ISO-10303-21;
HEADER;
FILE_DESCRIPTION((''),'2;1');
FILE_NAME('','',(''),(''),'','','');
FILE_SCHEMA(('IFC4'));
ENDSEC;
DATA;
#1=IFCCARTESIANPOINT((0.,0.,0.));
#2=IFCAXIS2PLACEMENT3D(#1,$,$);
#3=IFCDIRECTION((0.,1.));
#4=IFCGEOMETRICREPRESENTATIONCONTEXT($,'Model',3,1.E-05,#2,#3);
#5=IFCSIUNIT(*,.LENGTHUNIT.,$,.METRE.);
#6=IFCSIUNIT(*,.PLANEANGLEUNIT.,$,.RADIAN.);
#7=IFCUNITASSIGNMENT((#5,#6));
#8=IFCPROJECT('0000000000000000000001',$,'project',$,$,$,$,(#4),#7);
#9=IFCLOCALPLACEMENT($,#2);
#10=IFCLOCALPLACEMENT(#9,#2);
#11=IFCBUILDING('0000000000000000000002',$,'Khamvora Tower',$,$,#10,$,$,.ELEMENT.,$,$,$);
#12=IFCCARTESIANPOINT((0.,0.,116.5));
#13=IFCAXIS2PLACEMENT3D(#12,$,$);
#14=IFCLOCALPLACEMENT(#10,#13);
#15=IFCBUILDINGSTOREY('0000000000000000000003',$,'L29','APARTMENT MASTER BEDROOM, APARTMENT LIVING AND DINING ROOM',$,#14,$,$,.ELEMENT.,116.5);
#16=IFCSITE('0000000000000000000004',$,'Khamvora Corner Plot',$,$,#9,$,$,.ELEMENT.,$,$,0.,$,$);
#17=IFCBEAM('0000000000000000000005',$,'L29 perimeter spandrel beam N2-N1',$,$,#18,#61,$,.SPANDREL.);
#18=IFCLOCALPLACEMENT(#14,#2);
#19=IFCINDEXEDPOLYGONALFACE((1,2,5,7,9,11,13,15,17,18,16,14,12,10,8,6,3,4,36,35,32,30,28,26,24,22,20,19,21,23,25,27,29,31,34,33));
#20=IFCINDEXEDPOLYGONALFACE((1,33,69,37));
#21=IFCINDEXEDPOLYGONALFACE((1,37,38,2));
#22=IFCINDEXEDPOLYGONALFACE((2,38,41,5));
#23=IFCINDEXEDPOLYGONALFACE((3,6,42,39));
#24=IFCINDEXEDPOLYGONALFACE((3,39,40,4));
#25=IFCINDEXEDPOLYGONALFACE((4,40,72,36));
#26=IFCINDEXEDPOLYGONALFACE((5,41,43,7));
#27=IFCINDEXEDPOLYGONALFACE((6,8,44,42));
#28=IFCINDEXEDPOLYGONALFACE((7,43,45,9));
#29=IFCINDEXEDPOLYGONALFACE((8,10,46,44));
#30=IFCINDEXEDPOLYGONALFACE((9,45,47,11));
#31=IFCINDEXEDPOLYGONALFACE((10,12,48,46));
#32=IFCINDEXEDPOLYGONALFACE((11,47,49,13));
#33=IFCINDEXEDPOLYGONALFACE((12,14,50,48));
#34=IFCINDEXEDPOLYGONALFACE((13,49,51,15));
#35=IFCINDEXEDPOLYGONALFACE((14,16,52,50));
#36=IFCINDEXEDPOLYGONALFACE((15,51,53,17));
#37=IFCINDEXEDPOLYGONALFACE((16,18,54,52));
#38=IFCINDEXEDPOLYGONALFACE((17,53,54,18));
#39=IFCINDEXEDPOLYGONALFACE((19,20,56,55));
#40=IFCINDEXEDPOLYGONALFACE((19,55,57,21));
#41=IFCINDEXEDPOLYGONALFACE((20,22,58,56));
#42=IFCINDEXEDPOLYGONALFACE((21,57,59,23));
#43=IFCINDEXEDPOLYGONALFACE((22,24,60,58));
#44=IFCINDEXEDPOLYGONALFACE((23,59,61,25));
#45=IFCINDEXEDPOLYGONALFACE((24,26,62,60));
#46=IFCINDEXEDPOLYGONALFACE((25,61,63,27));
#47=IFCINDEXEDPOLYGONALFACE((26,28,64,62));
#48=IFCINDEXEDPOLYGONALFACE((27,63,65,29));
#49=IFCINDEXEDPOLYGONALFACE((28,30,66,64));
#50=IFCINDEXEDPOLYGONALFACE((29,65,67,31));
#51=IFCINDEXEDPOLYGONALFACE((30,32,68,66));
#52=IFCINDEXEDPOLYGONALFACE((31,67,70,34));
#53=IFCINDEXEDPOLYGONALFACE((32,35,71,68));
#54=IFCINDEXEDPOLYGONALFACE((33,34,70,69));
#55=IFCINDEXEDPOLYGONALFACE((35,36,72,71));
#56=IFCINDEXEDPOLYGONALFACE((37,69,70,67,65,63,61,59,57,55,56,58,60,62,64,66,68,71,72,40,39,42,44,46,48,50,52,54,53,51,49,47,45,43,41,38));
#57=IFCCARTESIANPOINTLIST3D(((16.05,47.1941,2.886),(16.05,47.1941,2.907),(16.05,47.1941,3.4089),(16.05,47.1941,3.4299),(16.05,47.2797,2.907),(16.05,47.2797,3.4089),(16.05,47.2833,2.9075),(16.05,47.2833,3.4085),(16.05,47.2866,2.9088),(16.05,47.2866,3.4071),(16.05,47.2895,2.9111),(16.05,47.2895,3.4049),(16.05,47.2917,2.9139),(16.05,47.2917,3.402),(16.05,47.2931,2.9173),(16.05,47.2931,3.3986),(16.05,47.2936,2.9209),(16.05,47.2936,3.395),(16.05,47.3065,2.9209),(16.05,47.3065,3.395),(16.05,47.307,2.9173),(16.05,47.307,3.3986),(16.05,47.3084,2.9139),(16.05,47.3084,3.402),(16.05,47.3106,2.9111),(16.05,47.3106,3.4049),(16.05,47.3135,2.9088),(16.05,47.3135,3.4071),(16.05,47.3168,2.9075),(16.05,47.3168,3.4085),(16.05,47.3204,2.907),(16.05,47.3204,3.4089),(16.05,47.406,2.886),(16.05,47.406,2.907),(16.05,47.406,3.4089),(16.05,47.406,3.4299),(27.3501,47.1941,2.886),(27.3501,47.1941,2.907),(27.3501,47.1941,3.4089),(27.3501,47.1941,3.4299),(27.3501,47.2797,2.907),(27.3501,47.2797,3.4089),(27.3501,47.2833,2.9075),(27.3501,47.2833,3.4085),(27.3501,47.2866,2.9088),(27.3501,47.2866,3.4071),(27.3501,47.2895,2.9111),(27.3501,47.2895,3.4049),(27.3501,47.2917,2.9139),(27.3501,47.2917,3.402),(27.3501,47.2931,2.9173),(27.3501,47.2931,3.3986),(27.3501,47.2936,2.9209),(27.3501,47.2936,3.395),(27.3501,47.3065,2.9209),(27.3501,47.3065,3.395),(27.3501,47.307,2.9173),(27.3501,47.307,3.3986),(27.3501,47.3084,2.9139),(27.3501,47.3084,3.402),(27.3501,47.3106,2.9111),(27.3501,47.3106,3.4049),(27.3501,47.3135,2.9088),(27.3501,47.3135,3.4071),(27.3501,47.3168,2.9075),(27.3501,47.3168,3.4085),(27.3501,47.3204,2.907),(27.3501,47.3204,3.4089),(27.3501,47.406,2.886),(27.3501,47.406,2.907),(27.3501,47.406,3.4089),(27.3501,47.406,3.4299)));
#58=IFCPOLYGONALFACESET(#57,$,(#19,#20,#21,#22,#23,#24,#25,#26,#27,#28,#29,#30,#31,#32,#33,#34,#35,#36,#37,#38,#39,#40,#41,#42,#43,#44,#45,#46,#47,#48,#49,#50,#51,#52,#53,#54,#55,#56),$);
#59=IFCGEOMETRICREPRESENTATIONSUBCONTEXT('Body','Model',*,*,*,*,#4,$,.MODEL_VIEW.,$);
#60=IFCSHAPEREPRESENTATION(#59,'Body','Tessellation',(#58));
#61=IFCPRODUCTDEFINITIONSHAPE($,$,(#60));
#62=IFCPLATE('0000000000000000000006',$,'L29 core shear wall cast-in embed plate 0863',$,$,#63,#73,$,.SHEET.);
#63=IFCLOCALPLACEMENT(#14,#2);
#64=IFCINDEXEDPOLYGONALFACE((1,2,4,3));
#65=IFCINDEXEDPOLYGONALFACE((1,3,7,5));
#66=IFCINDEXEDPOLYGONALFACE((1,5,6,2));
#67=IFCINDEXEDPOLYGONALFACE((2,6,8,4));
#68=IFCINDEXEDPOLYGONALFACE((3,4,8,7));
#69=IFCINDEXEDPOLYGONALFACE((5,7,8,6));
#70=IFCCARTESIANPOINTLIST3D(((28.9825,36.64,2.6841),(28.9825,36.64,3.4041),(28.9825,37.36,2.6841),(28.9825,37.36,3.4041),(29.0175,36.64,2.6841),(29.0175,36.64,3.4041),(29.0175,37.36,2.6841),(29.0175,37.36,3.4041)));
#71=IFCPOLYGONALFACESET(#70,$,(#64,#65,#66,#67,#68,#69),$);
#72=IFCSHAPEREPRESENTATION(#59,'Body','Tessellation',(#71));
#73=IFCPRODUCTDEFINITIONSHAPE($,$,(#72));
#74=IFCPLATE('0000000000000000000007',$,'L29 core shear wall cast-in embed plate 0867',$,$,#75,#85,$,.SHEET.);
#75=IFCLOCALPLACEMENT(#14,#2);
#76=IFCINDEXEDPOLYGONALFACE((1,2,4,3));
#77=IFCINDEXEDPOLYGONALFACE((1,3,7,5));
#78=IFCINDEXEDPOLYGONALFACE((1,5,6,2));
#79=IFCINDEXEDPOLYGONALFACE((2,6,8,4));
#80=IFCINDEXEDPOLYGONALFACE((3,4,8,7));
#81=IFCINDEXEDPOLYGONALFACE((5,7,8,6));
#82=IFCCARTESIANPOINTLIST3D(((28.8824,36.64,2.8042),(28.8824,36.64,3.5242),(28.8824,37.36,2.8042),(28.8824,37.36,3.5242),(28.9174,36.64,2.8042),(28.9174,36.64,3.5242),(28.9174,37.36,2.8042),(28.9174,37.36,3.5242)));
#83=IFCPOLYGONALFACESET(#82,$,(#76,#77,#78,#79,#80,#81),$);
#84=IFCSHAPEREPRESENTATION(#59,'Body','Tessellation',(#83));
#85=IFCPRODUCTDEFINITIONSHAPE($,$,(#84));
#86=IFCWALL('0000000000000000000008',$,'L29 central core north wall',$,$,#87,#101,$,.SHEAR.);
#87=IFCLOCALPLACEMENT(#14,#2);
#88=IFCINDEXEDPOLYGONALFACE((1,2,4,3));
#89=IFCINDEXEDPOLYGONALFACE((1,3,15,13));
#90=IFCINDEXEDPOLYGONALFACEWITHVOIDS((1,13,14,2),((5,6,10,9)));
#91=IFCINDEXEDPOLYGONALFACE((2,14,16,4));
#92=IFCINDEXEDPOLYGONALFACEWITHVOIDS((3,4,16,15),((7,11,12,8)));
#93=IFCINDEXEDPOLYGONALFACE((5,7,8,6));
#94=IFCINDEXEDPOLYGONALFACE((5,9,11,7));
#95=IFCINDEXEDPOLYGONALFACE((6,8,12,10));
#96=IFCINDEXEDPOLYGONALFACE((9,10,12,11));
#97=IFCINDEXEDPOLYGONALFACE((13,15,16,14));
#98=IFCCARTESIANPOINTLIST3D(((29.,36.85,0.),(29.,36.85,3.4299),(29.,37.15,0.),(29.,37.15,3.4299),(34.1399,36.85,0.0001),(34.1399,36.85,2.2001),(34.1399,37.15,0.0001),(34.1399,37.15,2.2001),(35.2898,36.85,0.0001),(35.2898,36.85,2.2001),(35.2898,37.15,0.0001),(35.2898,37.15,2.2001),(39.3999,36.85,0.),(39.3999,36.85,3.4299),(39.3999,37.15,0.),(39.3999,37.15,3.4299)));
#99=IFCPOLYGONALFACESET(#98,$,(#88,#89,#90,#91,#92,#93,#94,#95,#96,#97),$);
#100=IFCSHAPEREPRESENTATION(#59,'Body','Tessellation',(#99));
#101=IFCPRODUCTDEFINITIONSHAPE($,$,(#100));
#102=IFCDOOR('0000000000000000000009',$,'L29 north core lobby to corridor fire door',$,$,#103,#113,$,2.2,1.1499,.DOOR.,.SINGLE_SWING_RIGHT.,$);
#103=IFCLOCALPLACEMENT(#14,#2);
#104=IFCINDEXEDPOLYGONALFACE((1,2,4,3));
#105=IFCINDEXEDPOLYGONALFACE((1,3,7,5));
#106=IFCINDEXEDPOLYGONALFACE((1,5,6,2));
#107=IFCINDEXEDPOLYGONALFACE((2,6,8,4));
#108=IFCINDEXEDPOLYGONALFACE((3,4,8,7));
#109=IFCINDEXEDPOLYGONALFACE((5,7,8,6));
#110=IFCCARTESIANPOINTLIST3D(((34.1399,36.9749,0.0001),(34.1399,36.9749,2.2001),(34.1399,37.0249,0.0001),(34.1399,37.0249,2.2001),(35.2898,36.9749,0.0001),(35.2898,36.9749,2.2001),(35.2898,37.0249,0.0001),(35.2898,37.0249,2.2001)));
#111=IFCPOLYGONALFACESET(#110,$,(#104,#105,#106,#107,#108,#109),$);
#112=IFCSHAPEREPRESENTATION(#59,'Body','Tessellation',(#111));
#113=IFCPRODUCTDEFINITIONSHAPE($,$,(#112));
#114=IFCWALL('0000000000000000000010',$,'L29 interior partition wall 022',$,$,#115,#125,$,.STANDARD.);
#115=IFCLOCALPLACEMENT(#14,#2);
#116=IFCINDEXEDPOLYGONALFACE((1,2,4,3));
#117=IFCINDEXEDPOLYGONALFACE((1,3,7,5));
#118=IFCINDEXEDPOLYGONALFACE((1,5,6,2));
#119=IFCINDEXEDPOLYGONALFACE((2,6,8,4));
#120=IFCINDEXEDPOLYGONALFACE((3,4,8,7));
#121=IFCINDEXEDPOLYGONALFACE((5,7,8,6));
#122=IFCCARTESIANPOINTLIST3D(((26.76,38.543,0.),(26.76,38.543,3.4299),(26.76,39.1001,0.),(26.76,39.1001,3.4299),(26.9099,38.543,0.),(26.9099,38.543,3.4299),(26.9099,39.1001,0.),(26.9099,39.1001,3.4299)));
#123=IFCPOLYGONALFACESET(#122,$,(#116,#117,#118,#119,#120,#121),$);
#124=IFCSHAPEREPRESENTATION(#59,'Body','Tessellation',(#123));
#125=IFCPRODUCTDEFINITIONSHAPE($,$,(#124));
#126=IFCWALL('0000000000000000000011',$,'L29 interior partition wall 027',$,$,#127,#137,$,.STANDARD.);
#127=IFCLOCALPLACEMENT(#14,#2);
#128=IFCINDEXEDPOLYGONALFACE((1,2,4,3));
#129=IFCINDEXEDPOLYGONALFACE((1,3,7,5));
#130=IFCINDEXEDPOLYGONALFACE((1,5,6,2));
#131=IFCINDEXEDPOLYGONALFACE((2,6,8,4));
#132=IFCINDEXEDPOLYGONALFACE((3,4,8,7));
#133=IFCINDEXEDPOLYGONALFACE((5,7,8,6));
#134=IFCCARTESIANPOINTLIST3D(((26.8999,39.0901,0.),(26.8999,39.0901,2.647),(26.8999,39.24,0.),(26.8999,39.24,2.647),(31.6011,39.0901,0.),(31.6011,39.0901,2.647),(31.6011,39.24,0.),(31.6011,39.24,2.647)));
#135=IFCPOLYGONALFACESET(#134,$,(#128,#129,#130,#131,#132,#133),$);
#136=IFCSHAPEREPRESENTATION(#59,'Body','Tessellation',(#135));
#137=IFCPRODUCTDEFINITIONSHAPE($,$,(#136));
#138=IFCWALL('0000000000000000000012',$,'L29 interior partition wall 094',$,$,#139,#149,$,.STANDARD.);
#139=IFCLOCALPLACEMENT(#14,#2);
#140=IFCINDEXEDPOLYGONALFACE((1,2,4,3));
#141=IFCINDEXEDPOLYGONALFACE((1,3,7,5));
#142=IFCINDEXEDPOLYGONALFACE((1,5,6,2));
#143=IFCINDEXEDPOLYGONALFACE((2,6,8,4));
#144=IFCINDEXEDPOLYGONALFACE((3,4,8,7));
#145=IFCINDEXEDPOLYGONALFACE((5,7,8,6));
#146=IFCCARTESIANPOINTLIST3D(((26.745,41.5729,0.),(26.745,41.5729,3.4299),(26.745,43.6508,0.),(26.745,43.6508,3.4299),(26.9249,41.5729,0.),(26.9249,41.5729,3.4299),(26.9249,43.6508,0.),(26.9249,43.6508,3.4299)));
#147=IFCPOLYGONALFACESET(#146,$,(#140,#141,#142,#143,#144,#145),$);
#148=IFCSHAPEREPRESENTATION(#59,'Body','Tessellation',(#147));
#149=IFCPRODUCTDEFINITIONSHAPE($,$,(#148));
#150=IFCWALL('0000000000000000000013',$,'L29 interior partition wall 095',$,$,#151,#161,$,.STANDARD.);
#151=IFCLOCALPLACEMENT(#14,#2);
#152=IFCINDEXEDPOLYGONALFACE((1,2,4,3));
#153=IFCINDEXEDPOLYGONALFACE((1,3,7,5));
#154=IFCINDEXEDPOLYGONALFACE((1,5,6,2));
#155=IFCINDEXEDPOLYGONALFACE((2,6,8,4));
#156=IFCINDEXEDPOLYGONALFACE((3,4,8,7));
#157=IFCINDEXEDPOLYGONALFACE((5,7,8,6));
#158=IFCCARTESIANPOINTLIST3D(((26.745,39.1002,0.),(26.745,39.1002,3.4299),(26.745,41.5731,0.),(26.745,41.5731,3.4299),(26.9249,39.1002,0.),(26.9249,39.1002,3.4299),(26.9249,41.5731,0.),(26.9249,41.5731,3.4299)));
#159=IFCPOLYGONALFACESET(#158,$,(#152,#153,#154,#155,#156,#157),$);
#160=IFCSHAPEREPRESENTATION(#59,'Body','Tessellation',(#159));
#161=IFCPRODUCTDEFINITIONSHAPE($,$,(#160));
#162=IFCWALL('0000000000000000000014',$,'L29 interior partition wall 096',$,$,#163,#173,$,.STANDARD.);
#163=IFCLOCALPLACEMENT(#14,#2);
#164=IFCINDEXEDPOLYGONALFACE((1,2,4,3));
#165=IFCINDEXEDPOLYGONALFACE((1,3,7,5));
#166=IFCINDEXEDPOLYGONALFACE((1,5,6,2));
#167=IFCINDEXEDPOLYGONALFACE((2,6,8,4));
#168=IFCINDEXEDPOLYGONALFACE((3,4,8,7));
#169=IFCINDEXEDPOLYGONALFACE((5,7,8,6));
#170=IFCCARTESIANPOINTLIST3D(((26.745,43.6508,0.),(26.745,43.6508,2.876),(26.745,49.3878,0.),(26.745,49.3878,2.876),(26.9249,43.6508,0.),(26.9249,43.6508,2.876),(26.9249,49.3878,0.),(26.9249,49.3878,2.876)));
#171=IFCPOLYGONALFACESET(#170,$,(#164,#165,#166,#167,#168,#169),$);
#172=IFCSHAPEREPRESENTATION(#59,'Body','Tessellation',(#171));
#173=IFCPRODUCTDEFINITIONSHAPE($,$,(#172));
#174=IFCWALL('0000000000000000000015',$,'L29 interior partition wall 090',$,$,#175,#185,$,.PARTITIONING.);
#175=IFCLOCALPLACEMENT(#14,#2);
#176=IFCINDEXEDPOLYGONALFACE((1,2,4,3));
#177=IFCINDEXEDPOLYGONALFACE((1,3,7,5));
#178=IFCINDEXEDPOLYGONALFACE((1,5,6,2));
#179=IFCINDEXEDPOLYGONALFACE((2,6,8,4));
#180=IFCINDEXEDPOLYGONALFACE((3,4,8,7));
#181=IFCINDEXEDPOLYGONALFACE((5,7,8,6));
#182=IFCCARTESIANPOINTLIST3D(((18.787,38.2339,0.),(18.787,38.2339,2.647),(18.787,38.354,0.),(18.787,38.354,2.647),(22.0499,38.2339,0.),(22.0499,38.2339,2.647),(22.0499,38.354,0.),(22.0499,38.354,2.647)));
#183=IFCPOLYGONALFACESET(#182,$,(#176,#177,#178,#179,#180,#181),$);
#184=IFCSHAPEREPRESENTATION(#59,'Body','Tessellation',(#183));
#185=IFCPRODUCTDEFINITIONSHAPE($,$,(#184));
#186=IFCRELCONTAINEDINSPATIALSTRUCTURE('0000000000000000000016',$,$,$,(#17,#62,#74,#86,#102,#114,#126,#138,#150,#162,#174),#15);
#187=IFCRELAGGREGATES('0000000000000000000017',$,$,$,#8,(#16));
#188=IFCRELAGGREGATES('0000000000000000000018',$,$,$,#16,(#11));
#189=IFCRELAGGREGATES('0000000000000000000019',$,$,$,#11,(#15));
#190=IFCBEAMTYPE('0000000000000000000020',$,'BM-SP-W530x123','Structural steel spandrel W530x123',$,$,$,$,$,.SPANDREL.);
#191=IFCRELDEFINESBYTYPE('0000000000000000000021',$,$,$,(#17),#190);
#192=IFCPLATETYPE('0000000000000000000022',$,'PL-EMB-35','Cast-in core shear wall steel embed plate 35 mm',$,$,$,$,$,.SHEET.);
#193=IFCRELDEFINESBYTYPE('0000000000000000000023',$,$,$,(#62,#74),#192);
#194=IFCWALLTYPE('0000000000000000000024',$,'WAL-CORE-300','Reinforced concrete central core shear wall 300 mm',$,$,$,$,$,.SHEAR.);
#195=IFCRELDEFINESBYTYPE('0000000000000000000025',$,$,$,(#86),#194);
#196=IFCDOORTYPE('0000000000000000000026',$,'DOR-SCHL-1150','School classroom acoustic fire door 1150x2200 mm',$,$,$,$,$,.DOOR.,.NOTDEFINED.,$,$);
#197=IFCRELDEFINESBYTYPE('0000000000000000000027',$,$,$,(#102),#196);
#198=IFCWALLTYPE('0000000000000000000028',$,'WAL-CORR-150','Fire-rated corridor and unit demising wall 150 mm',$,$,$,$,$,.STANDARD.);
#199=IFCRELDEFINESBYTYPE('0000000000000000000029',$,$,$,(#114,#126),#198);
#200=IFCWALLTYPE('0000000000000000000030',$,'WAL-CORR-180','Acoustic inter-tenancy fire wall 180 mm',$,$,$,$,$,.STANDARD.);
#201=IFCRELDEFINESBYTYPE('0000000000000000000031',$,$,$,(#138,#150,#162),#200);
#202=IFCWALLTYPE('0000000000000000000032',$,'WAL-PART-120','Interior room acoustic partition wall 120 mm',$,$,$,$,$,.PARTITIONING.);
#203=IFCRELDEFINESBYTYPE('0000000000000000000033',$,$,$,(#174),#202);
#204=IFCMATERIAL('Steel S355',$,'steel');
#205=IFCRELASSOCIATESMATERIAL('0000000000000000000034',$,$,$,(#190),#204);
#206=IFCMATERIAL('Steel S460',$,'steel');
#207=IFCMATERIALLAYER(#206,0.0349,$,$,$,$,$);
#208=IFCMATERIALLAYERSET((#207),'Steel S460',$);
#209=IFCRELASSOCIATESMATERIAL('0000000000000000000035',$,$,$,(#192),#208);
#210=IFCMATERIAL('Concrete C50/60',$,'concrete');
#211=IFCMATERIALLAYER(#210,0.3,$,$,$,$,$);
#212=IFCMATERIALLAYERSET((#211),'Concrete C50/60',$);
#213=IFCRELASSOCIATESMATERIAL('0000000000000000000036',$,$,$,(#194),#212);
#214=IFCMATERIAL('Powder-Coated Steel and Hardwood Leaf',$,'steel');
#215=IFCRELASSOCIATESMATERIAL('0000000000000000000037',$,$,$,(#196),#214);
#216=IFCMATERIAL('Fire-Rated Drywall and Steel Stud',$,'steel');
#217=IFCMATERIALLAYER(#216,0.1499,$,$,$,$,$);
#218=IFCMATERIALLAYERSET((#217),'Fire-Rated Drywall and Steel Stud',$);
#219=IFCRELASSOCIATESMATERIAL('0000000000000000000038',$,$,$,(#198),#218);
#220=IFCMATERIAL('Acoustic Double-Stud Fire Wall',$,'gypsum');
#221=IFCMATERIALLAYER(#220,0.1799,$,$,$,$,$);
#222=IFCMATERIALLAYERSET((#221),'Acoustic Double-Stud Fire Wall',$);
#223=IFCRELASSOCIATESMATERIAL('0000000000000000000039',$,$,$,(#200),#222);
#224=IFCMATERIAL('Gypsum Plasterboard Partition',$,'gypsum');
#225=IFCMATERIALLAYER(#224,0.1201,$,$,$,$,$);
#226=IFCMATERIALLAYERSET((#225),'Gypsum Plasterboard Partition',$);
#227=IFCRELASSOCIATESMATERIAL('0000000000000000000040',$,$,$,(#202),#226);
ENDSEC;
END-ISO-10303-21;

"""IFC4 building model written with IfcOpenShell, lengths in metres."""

from ifc_helpers import new_model, si_unit, direction, frame, frame_2d, origin, origin_2d, place, context, subcontext, project, spatial, rectangle, i_section, extrude, material, layer, layer_set, material_profile, profile_set, type_object, element, fill, save


model = new_model("IFC4")

# Units and contexts
model_context = context("Model", 3, precision=1e-05, world=origin(), true_north=direction((0.0, 1.0)))
body_context = subcontext(model_context, "Body", "Model", "MODEL_VIEW")
ifc_project = project(units=[si_unit("LENGTHUNIT", "METRE"), si_unit("PLANEANGLEUNIT", "RADIAN")], contexts=[model_context])

# Site, building, storey
site_placement = place(None, origin())
site = spatial("IfcSite", under=ifc_project, at=site_placement, Name="Khamvora Corner Plot", CompositionType="ELEMENT", RefElevation=0.0)
building_placement = place(site_placement, origin())
building = spatial("IfcBuilding", under=site, at=building_placement, Name="Khamvora Tower", CompositionType="ELEMENT")
storey_placement = place(building_placement, frame((0.0, 0.0, 116.5)))
storey = spatial("IfcBuildingStorey", under=building, at=storey_placement, Name="L29", Description="APARTMENT MASTER BEDROOM, APARTMENT LIVING AND DINING ROOM", CompositionType="ELEMENT", Elevation=116.5)

# Shared definitions
ifc_material_1 = material(Name="Steel S355", Category="steel")
ifc_material_2 = material(Name="Steel S460", Category="steel")

# Beam
ifc_material_profile_1 = material_profile(ifc_material_1, i_section(OverallWidth=0.2119, OverallDepth=0.5439, WebThickness=0.0129, FlangeThickness=0.021, FilletRadius=0.0139, at=origin_2d()), Name="W530x123")
ifc_profile_set_1 = profile_set([ifc_material_profile_1], Name="Steel S355")
beam_type_1 = type_object("IfcBeamType", Name="BM-SP-W530x123", Description="Structural steel spandrel W530x123", PredefinedType="SPANDREL", material=ifc_profile_set_1)
beam_1_placement = place(storey_placement, frame((27.3501, 47.3, 3.158), z_axis=(-1.0, 0.0, 0.0), x_axis=(0.0, -1.0, 0.0)))
element("IfcBeam", 1, at=beam_1_placement, inside=storey, type_object=beam_type_1, Name="L29 perimeter spandrel beam N2-N1", PredefinedType="SPANDREL", context=body_context, shape_type="SweptSolid", body=[
    extrude(i_section(OverallWidth=0.2119, OverallDepth=0.5439, WebThickness=0.0129, FlangeThickness=0.021, FilletRadius=0.0139, at=origin_2d()), origin(), (0.0, 0.0, 1.0), 11.3),
])

# Plates
ifc_layer_1 = layer(ifc_material_2, 0.0349)
ifc_layer_set_1 = layer_set([ifc_layer_1], Name="Steel S460")
plate_type = type_object("IfcPlateType", Name="PL-EMB-35", Description="Cast-in core shear wall steel embed plate 35 mm", PredefinedType="SHEET", material=ifc_layer_set_1)
for number, where, z_axis, x_axis, name in (
    (2, (29.0, 37.0, 2.6841), (0.0, 0.0, 1.0), (1.0, 0.0, 0.0), "L29 core shear wall cast-in embed plate 0863"),
    (3, (28.8999, 37.0, 2.8042), (0.0, 0.0, 1.0), (1.0, 0.0, 0.0), "L29 core shear wall cast-in embed plate 0867"),
):
    element("IfcPlate", number, at=place(storey_placement, frame(where, z_axis=z_axis, x_axis=x_axis)), inside=storey, type_object=plate_type, Name=name, PredefinedType="SHEET", context=body_context, shape_type="SweptSolid", body=[
        extrude(rectangle(XDim=0.0349, YDim=0.72, at=origin_2d()), origin(), (0.0, 0.0, 1.0), 0.72),
    ])

# Wall, opening, door
ifc_material_3 = material(Name="Concrete C50/60", Category="concrete")
ifc_layer_2 = layer(ifc_material_3, 0.3)
ifc_layer_set_2 = layer_set([ifc_layer_2], Name="Concrete C50/60")
wall_type_1 = type_object("IfcWallType", Name="WAL-CORE-300", Description="Reinforced concrete central core shear wall 300 mm", PredefinedType="SHEAR", material=ifc_layer_set_2)
wall_1_placement = place(storey_placement, frame((29.0, 37.0, 0.0), z_axis=(0.0, 0.0, 1.0), x_axis=(1.0, 0.0, 0.0)))
wall_1 = element("IfcWall", 4, at=wall_1_placement, inside=storey, type_object=wall_type_1, Name="L29 central core north wall", PredefinedType="SHEAR", context=body_context, shape_type="SweptSolid", body=[
    extrude(rectangle(XDim=10.3999, YDim=0.3, at=frame_2d((5.2, 0.0))), origin(), (0.0, 0.0, 1.0), 3.4299),
])
opening_1_placement = place(wall_1_placement, frame((5.1399, 0.0, 0.0)))
opening_1 = element("IfcOpeningElement", 5, at=opening_1_placement, cuts=wall_1, PredefinedType="OPENING", context=body_context, shape_type="SweptSolid", body=[
    extrude(rectangle(XDim=1.1499, YDim=2.2, at=frame_2d((0.575, 1.1001))), frame((0.0, 0.1599, 0.0), z_axis=(0.0, -1.0, 0.0), x_axis=(1.0, 0.0, 0.0)), (0.0, 0.0, 1.0), 0.3201),
])
ifc_material_4 = material(Name="Powder-Coated Steel and Hardwood Leaf", Category="steel")
door_type_1 = type_object("IfcDoorType", Name="DOR-SCHL-1150", Description="School classroom acoustic fire door 1150x2200 mm", OperationType="NOTDEFINED", PredefinedType="DOOR", material=ifc_material_4)
door_1_placement = place(opening_1_placement, origin())
door_1 = element("IfcDoor", 6, at=door_1_placement, inside=storey, type_object=door_type_1, Name="L29 north core lobby to corridor fire door", OperationType="SINGLE_SWING_RIGHT", OverallHeight=2.2, OverallWidth=1.1499, PredefinedType="DOOR", context=body_context, shape_type="SweptSolid", body=[
    extrude(rectangle(XDim=1.1499, YDim=2.2, at=frame_2d((0.575, 1.1001))), frame((0.0, 0.0249, 0.0), z_axis=(0.0, -1.0, 0.0), x_axis=(1.0, 0.0, 0.0)), (0.0, 0.0, 1.0), 0.05),
])
fill(opening_1, door_1)

# Walls
ifc_material_5 = material(Name="Fire-Rated Drywall and Steel Stud", Category="steel")
ifc_layer_3 = layer(ifc_material_5, 0.1499)
ifc_layer_set_3 = layer_set([ifc_layer_3], Name="Fire-Rated Drywall and Steel Stud")
wall_type_2 = type_object("IfcWallType", Name="WAL-CORR-150", Description="Fire-rated corridor and unit demising wall 150 mm", PredefinedType="STANDARD", material=ifc_layer_set_3)
wall_2_placement = place(storey_placement, frame((26.835, 38.543, 0.0), z_axis=(0.0, 0.0, 1.0), x_axis=(0.0, 1.0, 0.0)))
element("IfcWall", 7, at=wall_2_placement, inside=storey, type_object=wall_type_2, Name="L29 interior partition wall 022", PredefinedType="STANDARD", context=body_context, shape_type="SweptSolid", body=[
    extrude(rectangle(XDim=0.5571, YDim=0.1499, at=frame_2d((0.2786, 0.0))), origin(), (0.0, 0.0, 1.0), 3.4299),
])
wall_3_placement = place(storey_placement, frame((26.8999, 39.165, 0.0), z_axis=(0.0, 0.0, 1.0), x_axis=(1.0, 0.0, 0.0)))
element("IfcWall", 8, at=wall_3_placement, inside=storey, type_object=wall_type_2, Name="L29 interior partition wall 027", PredefinedType="STANDARD", context=body_context, shape_type="SweptSolid", body=[
    extrude(rectangle(XDim=4.7012, YDim=0.1499, at=frame_2d((2.3506, 0.0))), origin(), (0.0, 0.0, 1.0), 2.647),
])
ifc_material_6 = material(Name="Acoustic Double-Stud Fire Wall", Category="gypsum")
ifc_layer_4 = layer(ifc_material_6, 0.1799)
ifc_layer_set_4 = layer_set([ifc_layer_4], Name="Acoustic Double-Stud Fire Wall")
wall_type_3 = type_object("IfcWallType", Name="WAL-CORR-180", Description="Acoustic inter-tenancy fire wall 180 mm", PredefinedType="STANDARD", material=ifc_layer_set_4)
wall_4_placement = place(storey_placement, frame((26.835, 43.6509, 0.0), z_axis=(0.0, 0.0, 1.0), x_axis=(0.0, -1.0, 0.0)))
element("IfcWall", 9, at=wall_4_placement, inside=storey, type_object=wall_type_3, Name="L29 interior partition wall 094", PredefinedType="STANDARD", context=body_context, shape_type="SweptSolid", body=[
    extrude(rectangle(XDim=2.0779, YDim=0.1799, at=frame_2d((1.0391, 0.0))), origin(), (0.0, 0.0, 1.0), 3.4299),
])
wall_5_placement = place(storey_placement, frame((26.835, 41.573, 0.0), z_axis=(0.0, 0.0, 1.0), x_axis=(0.0, -1.0, 0.0)))
element("IfcWall", 10, at=wall_5_placement, inside=storey, type_object=wall_type_3, Name="L29 interior partition wall 095", PredefinedType="STANDARD", context=body_context, shape_type="SweptSolid", body=[
    extrude(rectangle(XDim=2.4729, YDim=0.1799, at=frame_2d((1.2363, 0.0))), origin(), (0.0, 0.0, 1.0), 3.4299),
])
wall_6_placement = place(storey_placement, frame((26.835, 49.3879, 0.0), z_axis=(0.0, 0.0, 1.0), x_axis=(0.0, -1.0, 0.0)))
element("IfcWall", 11, at=wall_6_placement, inside=storey, type_object=wall_type_3, Name="L29 interior partition wall 096", PredefinedType="STANDARD", context=body_context, shape_type="SweptSolid", body=[
    extrude(rectangle(XDim=5.7371, YDim=0.1799, at=frame_2d((2.8687, 0.0))), origin(), (0.0, 0.0, 1.0), 2.876),
])
ifc_material_7 = material(Name="Gypsum Plasterboard Partition", Category="gypsum")
ifc_layer_5 = layer(ifc_material_7, 0.1201)
ifc_layer_set_5 = layer_set([ifc_layer_5], Name="Gypsum Plasterboard Partition")
wall_type_4 = type_object("IfcWallType", Name="WAL-PART-120", Description="Interior room acoustic partition wall 120 mm", PredefinedType="PARTITIONING", material=ifc_layer_set_5)
wall_7_placement = place(storey_placement, frame((18.7871, 38.2939, 0.0), z_axis=(0.0, 0.0, 1.0), x_axis=(1.0, 0.0, 0.0)))
element("IfcWall", 12, at=wall_7_placement, inside=storey, type_object=wall_type_4, Name="L29 interior partition wall 090", PredefinedType="PARTITIONING", context=body_context, shape_type="SweptSolid", body=[
    extrude(rectangle(XDim=3.2629, YDim=0.1201, at=frame_2d((1.6313, 0.0))), origin(), (0.0, 0.0, 1.0), 2.647),
])

save(model, "model.ifc")
